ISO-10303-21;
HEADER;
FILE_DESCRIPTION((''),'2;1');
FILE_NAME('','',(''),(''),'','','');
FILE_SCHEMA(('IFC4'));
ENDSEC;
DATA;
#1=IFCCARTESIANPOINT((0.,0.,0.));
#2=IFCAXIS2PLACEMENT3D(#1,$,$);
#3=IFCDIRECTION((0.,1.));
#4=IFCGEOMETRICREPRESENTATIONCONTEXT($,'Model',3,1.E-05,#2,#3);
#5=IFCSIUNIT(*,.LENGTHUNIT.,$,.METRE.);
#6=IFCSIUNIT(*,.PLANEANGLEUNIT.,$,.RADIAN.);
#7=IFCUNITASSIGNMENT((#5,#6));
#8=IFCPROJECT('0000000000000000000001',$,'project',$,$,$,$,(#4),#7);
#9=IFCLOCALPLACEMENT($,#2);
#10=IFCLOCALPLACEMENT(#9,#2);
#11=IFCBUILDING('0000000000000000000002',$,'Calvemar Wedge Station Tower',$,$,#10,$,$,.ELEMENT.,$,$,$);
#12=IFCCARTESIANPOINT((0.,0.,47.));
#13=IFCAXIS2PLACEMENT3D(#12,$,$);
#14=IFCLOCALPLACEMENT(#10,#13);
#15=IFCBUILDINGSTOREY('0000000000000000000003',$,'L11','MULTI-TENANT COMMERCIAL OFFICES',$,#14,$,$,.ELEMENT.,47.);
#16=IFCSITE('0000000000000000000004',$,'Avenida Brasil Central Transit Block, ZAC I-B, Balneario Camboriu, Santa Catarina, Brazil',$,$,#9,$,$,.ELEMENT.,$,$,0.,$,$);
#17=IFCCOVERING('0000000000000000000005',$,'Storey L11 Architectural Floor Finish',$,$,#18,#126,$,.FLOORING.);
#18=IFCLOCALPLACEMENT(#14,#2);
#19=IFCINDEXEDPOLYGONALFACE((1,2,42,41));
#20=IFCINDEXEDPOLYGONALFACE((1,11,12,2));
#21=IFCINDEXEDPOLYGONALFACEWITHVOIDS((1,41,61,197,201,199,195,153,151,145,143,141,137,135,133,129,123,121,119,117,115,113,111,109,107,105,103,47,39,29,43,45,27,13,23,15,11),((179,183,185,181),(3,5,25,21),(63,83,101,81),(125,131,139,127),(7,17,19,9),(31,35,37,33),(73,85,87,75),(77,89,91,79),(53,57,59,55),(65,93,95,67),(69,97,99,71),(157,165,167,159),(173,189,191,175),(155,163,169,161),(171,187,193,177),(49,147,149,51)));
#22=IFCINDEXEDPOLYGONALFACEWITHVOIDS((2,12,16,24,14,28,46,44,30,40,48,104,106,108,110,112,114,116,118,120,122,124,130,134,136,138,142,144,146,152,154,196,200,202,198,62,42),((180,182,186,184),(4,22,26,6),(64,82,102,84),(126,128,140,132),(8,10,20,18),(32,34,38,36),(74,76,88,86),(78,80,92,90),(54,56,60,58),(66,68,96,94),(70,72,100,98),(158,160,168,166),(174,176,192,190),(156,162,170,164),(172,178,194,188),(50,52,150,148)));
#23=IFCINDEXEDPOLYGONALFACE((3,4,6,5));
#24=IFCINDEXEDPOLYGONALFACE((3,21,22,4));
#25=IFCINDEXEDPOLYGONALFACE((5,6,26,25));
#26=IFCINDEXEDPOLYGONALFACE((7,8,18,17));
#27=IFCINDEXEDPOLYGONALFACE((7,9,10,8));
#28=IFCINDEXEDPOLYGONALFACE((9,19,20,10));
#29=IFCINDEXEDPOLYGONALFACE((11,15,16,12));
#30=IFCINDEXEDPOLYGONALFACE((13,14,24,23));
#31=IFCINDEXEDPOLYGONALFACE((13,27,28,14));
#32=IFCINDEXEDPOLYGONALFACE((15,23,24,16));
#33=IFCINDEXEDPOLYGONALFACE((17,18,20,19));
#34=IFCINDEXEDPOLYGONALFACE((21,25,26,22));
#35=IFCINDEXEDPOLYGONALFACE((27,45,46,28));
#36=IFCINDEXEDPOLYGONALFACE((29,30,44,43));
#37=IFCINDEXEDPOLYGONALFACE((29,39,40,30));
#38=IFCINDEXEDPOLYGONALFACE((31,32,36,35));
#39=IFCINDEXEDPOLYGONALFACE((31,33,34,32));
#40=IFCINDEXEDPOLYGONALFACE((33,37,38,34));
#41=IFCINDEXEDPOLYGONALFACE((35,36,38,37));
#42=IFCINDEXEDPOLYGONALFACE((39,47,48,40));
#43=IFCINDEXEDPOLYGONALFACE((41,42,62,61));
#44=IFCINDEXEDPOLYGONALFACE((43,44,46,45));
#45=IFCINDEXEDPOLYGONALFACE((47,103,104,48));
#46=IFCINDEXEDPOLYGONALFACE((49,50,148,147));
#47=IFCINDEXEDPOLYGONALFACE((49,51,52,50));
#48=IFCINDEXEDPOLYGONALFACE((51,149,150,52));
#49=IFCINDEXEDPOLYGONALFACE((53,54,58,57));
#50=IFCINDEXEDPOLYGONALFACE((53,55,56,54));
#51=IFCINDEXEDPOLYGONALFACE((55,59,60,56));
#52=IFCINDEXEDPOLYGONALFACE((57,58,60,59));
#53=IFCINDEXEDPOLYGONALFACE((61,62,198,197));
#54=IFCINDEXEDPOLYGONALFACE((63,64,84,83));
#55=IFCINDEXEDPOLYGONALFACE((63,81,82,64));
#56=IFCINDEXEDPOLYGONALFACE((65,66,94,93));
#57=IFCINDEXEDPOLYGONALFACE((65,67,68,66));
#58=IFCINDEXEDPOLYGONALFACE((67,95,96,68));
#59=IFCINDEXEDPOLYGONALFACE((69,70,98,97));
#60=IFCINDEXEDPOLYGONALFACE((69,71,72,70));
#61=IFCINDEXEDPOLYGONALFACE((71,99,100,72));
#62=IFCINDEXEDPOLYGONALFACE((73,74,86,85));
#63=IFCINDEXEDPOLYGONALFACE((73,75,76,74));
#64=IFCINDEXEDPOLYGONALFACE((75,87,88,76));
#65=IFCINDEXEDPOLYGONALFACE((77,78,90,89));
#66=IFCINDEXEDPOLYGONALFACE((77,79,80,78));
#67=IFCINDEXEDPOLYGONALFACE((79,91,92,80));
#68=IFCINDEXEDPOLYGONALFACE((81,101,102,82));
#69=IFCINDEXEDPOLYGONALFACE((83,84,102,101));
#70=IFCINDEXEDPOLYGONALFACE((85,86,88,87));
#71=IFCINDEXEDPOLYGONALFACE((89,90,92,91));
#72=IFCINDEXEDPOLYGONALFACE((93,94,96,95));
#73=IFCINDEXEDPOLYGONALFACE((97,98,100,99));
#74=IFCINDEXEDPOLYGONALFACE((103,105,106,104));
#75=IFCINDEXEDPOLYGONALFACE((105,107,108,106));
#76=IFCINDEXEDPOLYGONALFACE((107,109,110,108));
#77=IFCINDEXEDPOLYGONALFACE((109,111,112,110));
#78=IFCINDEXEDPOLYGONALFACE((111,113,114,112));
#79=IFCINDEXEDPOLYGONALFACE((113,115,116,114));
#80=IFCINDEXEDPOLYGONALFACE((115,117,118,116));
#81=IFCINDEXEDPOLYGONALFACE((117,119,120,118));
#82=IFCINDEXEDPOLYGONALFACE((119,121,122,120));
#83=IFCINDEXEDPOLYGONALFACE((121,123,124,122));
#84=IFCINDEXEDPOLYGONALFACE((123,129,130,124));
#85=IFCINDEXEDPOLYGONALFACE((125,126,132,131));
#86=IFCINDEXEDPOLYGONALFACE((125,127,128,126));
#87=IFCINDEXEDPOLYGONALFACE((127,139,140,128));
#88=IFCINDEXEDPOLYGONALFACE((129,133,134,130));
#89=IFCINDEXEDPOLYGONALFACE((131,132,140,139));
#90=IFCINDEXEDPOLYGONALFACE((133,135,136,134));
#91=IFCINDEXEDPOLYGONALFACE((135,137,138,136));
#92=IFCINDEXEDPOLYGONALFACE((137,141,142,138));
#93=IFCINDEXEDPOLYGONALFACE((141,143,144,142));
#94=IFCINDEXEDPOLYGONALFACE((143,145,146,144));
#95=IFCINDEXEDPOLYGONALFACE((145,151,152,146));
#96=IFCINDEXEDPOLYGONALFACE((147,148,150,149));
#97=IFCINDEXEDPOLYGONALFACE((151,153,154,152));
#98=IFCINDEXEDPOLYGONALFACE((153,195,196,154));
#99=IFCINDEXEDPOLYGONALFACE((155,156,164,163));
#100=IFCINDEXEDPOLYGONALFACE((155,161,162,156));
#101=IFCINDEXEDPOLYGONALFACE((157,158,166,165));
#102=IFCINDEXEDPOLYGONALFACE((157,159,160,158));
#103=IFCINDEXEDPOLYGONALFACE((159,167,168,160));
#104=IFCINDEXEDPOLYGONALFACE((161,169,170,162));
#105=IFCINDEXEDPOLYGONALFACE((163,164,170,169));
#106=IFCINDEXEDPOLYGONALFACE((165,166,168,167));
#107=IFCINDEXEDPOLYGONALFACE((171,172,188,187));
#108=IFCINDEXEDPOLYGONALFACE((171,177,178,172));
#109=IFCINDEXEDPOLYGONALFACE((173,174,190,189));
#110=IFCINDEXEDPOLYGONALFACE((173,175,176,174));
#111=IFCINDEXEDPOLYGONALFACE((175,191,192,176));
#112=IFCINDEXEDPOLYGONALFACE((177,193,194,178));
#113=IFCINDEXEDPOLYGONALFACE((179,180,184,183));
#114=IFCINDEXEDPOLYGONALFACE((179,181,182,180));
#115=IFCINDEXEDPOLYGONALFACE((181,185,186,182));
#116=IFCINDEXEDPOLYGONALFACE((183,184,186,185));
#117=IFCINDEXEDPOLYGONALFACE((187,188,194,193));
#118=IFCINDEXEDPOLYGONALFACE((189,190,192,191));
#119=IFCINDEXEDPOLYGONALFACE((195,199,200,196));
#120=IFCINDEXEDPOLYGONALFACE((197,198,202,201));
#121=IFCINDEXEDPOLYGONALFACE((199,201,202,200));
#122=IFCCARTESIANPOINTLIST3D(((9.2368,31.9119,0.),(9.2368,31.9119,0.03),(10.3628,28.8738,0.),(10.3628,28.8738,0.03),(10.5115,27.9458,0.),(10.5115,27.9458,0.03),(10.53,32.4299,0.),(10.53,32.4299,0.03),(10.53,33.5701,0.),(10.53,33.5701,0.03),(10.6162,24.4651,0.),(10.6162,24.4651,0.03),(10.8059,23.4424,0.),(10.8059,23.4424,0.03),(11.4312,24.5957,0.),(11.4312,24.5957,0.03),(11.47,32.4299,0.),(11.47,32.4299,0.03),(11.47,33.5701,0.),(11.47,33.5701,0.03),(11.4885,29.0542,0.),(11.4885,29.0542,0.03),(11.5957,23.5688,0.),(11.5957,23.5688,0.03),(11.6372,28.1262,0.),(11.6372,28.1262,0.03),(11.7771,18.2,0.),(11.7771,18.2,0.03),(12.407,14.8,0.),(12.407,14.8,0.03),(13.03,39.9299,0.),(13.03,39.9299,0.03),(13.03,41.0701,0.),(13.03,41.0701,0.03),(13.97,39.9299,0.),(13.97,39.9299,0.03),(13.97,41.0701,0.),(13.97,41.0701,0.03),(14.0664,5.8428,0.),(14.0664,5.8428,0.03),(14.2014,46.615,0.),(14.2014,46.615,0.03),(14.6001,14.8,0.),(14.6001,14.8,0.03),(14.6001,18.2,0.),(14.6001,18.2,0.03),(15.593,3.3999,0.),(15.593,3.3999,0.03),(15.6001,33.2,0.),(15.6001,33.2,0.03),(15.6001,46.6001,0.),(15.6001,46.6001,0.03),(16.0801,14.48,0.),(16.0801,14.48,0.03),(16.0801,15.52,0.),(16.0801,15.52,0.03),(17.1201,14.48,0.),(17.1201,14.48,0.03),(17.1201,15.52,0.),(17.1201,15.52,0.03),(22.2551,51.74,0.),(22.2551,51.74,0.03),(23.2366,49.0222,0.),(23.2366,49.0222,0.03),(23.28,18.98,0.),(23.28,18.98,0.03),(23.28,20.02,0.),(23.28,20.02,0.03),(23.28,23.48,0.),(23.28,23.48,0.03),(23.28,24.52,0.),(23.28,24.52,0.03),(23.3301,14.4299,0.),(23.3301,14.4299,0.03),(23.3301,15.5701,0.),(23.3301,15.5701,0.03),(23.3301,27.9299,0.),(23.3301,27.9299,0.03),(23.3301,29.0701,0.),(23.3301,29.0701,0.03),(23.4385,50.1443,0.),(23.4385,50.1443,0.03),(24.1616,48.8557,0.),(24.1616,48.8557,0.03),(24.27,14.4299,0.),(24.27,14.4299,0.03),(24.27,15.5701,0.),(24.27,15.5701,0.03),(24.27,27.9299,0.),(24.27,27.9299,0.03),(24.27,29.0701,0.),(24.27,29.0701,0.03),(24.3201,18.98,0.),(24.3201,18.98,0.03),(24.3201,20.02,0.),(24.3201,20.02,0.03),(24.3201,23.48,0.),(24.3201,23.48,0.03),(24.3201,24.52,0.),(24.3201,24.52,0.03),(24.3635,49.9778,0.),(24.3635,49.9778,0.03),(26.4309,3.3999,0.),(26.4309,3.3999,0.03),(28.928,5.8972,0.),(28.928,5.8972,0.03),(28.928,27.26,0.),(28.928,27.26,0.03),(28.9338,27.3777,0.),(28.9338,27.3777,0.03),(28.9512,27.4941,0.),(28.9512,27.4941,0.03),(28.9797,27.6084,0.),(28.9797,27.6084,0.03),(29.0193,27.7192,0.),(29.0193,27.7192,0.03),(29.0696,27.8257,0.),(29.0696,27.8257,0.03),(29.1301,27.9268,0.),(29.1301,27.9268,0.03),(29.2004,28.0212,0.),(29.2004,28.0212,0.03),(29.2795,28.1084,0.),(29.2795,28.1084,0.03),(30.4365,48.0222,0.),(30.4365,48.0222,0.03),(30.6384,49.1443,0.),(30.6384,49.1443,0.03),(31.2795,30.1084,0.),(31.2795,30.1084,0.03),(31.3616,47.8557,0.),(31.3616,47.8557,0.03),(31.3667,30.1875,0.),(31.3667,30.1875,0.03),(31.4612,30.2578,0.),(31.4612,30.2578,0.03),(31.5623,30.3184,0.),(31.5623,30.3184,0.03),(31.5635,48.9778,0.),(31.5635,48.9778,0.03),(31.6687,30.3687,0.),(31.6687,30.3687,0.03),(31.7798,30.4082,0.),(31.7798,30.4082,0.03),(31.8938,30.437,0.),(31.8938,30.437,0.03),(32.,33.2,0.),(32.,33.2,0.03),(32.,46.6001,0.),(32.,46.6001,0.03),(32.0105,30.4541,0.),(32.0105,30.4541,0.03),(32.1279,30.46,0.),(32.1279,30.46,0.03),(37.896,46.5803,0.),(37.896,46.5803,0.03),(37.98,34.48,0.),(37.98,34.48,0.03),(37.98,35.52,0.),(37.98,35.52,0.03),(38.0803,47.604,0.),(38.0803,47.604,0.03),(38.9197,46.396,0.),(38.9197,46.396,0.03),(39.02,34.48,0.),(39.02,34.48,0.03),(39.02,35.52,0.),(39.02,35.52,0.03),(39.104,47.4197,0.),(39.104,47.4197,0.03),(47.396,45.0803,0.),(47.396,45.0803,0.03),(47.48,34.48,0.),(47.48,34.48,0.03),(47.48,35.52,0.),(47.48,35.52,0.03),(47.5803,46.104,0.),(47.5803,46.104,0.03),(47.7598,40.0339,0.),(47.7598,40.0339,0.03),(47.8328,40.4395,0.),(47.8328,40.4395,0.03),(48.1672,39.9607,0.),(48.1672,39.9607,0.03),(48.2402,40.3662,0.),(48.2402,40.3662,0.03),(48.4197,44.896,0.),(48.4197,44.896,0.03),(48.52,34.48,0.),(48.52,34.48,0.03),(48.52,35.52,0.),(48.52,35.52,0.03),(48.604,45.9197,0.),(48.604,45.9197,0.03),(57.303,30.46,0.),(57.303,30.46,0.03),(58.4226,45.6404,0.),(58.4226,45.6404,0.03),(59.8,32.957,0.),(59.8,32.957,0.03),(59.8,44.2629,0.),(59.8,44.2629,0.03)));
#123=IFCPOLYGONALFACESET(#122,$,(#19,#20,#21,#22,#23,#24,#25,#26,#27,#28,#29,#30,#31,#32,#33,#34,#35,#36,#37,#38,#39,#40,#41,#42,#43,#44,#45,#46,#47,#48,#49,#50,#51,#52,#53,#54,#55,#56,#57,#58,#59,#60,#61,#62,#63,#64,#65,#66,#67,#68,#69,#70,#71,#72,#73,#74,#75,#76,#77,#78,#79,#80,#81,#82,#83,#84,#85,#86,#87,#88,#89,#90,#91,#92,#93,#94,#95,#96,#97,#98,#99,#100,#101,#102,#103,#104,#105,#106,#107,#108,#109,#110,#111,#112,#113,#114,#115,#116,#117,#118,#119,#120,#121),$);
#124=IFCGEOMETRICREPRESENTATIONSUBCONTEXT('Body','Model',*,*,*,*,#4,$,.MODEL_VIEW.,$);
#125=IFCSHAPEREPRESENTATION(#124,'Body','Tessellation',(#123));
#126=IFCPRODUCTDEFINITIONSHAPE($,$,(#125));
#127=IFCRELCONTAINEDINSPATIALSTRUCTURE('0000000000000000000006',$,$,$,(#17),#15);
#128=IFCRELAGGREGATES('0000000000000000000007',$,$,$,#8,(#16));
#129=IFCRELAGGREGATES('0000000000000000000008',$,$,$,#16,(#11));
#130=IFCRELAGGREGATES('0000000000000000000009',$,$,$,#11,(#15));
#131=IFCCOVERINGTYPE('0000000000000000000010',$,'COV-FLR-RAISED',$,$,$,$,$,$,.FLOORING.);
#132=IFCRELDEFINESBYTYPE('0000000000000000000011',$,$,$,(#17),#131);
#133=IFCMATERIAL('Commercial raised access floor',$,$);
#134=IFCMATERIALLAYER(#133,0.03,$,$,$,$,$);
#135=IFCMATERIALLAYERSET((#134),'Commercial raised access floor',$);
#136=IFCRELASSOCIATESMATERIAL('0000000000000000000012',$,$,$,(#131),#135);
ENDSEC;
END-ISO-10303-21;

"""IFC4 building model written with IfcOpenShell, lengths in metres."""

from ifc_helpers import new_model, si_unit, direction, frame, origin, place, context, subcontext, project, spatial, polyline, outline, extrude, material, layer, layer_set, type_object, element, save


model = new_model("IFC4")

# Units and contexts
model_context = context("Model", 3, precision=1e-05, world=origin(), true_north=direction((0.0, 1.0)))
body_context = subcontext(model_context, "Body", "Model", "MODEL_VIEW")
ifc_project = project(units=[si_unit("LENGTHUNIT", "METRE"), si_unit("PLANEANGLEUNIT", "RADIAN")], contexts=[model_context])

# Site, building, storey
site_placement = place(None, origin())
site = spatial("IfcSite", under=ifc_project, at=site_placement, Name="Avenida Brasil Central Transit Block, ZAC I-B, Balneario Camboriu, Santa Catarina, Brazil", CompositionType="ELEMENT", RefElevation=0.0)
building_placement = place(site_placement, origin())
building = spatial("IfcBuilding", under=site, at=building_placement, Name="Calvemar Wedge Station Tower", CompositionType="ELEMENT")
storey_placement = place(building_placement, frame((0.0, 0.0, 47.0)))
storey = spatial("IfcBuildingStorey", under=building, at=storey_placement, Name="L11", Description="MULTI-TENANT COMMERCIAL OFFICES", CompositionType="ELEMENT", Elevation=47.0)

# Covering
ifc_material_1 = material(Name="Commercial raised access floor")
ifc_layer_1 = layer(ifc_material_1, 0.03)
ifc_layer_set_1 = layer_set([ifc_layer_1], Name="Commercial raised access floor")
covering_type_1 = type_object("IfcCoveringType", Name="COV-FLR-RAISED", PredefinedType="FLOORING", material=ifc_layer_set_1)
covering_1_placement = place(storey_placement, origin())
element("IfcCovering", 1, at=covering_1_placement, inside=storey, type_object=covering_type_1, Name="Storey L11 Architectural Floor Finish", PredefinedType="FLOORING", context=body_context, shape_type="SweptSolid", body=[
    extrude(outline(polyline([(29.2795, 28.1084), (31.2795, 30.1084), (31.3667, 30.1875), (31.4612, 30.2578), (31.5623, 30.3184), (31.6687, 30.3687), (31.7798, 30.4082), (31.8938, 30.437), (32.0105, 30.4541), (32.1279, 30.46), (57.303, 30.46), (59.8, 32.957), (59.8, 44.2629), (58.4226, 45.6404), (22.2551, 51.74), (14.2014, 46.615), (9.2368, 31.9119), (10.6162, 24.4651), (11.4312, 24.5957), (11.5957, 23.5688), (10.8059, 23.4424), (11.7771, 18.2), (14.6001, 18.2), (14.6001, 14.8), (12.407, 14.8), (14.0664, 5.8428), (15.593, 3.3999), (26.4309, 3.3999), (28.928, 5.8972), (28.928, 27.26), (28.9338, 27.3777), (28.9512, 27.4941), (28.9797, 27.6084), (29.0193, 27.7192), (29.0696, 27.8257), (29.1301, 27.9268), (29.2004, 28.0212), (29.2795, 28.1084)]), holes=[polyline([(15.6001, 46.6001), (32.0, 46.6001), (32.0, 33.2), (15.6001, 33.2), (15.6001, 46.6001)]), polyline([(10.53, 32.4299), (10.53, 33.5701), (11.47, 33.5701), (11.47, 32.4299), (10.53, 32.4299)]), polyline([(13.03, 41.0701), (13.97, 41.0701), (13.97, 39.9299), (13.03, 39.9299), (13.03, 41.0701)]), polyline([(24.3635, 49.9778), (24.1616, 48.8557), (23.2366, 49.0222), (23.4385, 50.1443), (24.3635, 49.9778)]), polyline([(31.3616, 47.8557), (30.4365, 48.0222), (30.6384, 49.1443), (31.5635, 48.9778), (31.3616, 47.8557)]), polyline([(37.896, 46.5803), (38.0803, 47.604), (39.104, 47.4197), (38.9197, 46.396), (37.896, 46.5803)]), polyline([(47.5803, 46.104), (48.604, 45.9197), (48.4197, 44.896), (47.396, 45.0803), (47.5803, 46.104)]), polyline([(39.02, 35.52), (39.02, 34.48), (37.98, 34.48), (37.98, 35.52), (39.02, 35.52)]), polyline([(48.52, 34.48), (47.48, 34.48), (47.48, 35.52), (48.52, 35.52), (48.52, 34.48)]), polyline([(47.7598, 40.0339), (47.8328, 40.4395), (48.2402, 40.3662), (48.1672, 39.9607), (47.7598, 40.0339)]), polyline([(11.4885, 29.0542), (11.6372, 28.1262), (10.5115, 27.9458), (10.3628, 28.8738), (11.4885, 29.0542)]), polyline([(24.27, 27.9299), (23.3301, 27.9299), (23.3301, 29.0701), (24.27, 29.0701), (24.27, 27.9299)]), polyline([(23.28, 23.48), (23.28, 24.52), (24.3201, 24.52), (24.3201, 23.48), (23.28, 23.48)]), polyline([(23.28, 20.02), (24.3201, 20.02), (24.3201, 18.98), (23.28, 18.98), (23.28, 20.02)]), polyline([(24.27, 15.5701), (24.27, 14.4299), (23.3301, 14.4299), (23.3301, 15.5701), (24.27, 15.5701)]), polyline([(17.1201, 14.48), (16.0801, 14.48), (16.0801, 15.52), (17.1201, 15.52), (17.1201, 14.48)])]), origin(), (0.0, 0.0, 1.0), 0.03),
])

save(model, "model.ifc")
